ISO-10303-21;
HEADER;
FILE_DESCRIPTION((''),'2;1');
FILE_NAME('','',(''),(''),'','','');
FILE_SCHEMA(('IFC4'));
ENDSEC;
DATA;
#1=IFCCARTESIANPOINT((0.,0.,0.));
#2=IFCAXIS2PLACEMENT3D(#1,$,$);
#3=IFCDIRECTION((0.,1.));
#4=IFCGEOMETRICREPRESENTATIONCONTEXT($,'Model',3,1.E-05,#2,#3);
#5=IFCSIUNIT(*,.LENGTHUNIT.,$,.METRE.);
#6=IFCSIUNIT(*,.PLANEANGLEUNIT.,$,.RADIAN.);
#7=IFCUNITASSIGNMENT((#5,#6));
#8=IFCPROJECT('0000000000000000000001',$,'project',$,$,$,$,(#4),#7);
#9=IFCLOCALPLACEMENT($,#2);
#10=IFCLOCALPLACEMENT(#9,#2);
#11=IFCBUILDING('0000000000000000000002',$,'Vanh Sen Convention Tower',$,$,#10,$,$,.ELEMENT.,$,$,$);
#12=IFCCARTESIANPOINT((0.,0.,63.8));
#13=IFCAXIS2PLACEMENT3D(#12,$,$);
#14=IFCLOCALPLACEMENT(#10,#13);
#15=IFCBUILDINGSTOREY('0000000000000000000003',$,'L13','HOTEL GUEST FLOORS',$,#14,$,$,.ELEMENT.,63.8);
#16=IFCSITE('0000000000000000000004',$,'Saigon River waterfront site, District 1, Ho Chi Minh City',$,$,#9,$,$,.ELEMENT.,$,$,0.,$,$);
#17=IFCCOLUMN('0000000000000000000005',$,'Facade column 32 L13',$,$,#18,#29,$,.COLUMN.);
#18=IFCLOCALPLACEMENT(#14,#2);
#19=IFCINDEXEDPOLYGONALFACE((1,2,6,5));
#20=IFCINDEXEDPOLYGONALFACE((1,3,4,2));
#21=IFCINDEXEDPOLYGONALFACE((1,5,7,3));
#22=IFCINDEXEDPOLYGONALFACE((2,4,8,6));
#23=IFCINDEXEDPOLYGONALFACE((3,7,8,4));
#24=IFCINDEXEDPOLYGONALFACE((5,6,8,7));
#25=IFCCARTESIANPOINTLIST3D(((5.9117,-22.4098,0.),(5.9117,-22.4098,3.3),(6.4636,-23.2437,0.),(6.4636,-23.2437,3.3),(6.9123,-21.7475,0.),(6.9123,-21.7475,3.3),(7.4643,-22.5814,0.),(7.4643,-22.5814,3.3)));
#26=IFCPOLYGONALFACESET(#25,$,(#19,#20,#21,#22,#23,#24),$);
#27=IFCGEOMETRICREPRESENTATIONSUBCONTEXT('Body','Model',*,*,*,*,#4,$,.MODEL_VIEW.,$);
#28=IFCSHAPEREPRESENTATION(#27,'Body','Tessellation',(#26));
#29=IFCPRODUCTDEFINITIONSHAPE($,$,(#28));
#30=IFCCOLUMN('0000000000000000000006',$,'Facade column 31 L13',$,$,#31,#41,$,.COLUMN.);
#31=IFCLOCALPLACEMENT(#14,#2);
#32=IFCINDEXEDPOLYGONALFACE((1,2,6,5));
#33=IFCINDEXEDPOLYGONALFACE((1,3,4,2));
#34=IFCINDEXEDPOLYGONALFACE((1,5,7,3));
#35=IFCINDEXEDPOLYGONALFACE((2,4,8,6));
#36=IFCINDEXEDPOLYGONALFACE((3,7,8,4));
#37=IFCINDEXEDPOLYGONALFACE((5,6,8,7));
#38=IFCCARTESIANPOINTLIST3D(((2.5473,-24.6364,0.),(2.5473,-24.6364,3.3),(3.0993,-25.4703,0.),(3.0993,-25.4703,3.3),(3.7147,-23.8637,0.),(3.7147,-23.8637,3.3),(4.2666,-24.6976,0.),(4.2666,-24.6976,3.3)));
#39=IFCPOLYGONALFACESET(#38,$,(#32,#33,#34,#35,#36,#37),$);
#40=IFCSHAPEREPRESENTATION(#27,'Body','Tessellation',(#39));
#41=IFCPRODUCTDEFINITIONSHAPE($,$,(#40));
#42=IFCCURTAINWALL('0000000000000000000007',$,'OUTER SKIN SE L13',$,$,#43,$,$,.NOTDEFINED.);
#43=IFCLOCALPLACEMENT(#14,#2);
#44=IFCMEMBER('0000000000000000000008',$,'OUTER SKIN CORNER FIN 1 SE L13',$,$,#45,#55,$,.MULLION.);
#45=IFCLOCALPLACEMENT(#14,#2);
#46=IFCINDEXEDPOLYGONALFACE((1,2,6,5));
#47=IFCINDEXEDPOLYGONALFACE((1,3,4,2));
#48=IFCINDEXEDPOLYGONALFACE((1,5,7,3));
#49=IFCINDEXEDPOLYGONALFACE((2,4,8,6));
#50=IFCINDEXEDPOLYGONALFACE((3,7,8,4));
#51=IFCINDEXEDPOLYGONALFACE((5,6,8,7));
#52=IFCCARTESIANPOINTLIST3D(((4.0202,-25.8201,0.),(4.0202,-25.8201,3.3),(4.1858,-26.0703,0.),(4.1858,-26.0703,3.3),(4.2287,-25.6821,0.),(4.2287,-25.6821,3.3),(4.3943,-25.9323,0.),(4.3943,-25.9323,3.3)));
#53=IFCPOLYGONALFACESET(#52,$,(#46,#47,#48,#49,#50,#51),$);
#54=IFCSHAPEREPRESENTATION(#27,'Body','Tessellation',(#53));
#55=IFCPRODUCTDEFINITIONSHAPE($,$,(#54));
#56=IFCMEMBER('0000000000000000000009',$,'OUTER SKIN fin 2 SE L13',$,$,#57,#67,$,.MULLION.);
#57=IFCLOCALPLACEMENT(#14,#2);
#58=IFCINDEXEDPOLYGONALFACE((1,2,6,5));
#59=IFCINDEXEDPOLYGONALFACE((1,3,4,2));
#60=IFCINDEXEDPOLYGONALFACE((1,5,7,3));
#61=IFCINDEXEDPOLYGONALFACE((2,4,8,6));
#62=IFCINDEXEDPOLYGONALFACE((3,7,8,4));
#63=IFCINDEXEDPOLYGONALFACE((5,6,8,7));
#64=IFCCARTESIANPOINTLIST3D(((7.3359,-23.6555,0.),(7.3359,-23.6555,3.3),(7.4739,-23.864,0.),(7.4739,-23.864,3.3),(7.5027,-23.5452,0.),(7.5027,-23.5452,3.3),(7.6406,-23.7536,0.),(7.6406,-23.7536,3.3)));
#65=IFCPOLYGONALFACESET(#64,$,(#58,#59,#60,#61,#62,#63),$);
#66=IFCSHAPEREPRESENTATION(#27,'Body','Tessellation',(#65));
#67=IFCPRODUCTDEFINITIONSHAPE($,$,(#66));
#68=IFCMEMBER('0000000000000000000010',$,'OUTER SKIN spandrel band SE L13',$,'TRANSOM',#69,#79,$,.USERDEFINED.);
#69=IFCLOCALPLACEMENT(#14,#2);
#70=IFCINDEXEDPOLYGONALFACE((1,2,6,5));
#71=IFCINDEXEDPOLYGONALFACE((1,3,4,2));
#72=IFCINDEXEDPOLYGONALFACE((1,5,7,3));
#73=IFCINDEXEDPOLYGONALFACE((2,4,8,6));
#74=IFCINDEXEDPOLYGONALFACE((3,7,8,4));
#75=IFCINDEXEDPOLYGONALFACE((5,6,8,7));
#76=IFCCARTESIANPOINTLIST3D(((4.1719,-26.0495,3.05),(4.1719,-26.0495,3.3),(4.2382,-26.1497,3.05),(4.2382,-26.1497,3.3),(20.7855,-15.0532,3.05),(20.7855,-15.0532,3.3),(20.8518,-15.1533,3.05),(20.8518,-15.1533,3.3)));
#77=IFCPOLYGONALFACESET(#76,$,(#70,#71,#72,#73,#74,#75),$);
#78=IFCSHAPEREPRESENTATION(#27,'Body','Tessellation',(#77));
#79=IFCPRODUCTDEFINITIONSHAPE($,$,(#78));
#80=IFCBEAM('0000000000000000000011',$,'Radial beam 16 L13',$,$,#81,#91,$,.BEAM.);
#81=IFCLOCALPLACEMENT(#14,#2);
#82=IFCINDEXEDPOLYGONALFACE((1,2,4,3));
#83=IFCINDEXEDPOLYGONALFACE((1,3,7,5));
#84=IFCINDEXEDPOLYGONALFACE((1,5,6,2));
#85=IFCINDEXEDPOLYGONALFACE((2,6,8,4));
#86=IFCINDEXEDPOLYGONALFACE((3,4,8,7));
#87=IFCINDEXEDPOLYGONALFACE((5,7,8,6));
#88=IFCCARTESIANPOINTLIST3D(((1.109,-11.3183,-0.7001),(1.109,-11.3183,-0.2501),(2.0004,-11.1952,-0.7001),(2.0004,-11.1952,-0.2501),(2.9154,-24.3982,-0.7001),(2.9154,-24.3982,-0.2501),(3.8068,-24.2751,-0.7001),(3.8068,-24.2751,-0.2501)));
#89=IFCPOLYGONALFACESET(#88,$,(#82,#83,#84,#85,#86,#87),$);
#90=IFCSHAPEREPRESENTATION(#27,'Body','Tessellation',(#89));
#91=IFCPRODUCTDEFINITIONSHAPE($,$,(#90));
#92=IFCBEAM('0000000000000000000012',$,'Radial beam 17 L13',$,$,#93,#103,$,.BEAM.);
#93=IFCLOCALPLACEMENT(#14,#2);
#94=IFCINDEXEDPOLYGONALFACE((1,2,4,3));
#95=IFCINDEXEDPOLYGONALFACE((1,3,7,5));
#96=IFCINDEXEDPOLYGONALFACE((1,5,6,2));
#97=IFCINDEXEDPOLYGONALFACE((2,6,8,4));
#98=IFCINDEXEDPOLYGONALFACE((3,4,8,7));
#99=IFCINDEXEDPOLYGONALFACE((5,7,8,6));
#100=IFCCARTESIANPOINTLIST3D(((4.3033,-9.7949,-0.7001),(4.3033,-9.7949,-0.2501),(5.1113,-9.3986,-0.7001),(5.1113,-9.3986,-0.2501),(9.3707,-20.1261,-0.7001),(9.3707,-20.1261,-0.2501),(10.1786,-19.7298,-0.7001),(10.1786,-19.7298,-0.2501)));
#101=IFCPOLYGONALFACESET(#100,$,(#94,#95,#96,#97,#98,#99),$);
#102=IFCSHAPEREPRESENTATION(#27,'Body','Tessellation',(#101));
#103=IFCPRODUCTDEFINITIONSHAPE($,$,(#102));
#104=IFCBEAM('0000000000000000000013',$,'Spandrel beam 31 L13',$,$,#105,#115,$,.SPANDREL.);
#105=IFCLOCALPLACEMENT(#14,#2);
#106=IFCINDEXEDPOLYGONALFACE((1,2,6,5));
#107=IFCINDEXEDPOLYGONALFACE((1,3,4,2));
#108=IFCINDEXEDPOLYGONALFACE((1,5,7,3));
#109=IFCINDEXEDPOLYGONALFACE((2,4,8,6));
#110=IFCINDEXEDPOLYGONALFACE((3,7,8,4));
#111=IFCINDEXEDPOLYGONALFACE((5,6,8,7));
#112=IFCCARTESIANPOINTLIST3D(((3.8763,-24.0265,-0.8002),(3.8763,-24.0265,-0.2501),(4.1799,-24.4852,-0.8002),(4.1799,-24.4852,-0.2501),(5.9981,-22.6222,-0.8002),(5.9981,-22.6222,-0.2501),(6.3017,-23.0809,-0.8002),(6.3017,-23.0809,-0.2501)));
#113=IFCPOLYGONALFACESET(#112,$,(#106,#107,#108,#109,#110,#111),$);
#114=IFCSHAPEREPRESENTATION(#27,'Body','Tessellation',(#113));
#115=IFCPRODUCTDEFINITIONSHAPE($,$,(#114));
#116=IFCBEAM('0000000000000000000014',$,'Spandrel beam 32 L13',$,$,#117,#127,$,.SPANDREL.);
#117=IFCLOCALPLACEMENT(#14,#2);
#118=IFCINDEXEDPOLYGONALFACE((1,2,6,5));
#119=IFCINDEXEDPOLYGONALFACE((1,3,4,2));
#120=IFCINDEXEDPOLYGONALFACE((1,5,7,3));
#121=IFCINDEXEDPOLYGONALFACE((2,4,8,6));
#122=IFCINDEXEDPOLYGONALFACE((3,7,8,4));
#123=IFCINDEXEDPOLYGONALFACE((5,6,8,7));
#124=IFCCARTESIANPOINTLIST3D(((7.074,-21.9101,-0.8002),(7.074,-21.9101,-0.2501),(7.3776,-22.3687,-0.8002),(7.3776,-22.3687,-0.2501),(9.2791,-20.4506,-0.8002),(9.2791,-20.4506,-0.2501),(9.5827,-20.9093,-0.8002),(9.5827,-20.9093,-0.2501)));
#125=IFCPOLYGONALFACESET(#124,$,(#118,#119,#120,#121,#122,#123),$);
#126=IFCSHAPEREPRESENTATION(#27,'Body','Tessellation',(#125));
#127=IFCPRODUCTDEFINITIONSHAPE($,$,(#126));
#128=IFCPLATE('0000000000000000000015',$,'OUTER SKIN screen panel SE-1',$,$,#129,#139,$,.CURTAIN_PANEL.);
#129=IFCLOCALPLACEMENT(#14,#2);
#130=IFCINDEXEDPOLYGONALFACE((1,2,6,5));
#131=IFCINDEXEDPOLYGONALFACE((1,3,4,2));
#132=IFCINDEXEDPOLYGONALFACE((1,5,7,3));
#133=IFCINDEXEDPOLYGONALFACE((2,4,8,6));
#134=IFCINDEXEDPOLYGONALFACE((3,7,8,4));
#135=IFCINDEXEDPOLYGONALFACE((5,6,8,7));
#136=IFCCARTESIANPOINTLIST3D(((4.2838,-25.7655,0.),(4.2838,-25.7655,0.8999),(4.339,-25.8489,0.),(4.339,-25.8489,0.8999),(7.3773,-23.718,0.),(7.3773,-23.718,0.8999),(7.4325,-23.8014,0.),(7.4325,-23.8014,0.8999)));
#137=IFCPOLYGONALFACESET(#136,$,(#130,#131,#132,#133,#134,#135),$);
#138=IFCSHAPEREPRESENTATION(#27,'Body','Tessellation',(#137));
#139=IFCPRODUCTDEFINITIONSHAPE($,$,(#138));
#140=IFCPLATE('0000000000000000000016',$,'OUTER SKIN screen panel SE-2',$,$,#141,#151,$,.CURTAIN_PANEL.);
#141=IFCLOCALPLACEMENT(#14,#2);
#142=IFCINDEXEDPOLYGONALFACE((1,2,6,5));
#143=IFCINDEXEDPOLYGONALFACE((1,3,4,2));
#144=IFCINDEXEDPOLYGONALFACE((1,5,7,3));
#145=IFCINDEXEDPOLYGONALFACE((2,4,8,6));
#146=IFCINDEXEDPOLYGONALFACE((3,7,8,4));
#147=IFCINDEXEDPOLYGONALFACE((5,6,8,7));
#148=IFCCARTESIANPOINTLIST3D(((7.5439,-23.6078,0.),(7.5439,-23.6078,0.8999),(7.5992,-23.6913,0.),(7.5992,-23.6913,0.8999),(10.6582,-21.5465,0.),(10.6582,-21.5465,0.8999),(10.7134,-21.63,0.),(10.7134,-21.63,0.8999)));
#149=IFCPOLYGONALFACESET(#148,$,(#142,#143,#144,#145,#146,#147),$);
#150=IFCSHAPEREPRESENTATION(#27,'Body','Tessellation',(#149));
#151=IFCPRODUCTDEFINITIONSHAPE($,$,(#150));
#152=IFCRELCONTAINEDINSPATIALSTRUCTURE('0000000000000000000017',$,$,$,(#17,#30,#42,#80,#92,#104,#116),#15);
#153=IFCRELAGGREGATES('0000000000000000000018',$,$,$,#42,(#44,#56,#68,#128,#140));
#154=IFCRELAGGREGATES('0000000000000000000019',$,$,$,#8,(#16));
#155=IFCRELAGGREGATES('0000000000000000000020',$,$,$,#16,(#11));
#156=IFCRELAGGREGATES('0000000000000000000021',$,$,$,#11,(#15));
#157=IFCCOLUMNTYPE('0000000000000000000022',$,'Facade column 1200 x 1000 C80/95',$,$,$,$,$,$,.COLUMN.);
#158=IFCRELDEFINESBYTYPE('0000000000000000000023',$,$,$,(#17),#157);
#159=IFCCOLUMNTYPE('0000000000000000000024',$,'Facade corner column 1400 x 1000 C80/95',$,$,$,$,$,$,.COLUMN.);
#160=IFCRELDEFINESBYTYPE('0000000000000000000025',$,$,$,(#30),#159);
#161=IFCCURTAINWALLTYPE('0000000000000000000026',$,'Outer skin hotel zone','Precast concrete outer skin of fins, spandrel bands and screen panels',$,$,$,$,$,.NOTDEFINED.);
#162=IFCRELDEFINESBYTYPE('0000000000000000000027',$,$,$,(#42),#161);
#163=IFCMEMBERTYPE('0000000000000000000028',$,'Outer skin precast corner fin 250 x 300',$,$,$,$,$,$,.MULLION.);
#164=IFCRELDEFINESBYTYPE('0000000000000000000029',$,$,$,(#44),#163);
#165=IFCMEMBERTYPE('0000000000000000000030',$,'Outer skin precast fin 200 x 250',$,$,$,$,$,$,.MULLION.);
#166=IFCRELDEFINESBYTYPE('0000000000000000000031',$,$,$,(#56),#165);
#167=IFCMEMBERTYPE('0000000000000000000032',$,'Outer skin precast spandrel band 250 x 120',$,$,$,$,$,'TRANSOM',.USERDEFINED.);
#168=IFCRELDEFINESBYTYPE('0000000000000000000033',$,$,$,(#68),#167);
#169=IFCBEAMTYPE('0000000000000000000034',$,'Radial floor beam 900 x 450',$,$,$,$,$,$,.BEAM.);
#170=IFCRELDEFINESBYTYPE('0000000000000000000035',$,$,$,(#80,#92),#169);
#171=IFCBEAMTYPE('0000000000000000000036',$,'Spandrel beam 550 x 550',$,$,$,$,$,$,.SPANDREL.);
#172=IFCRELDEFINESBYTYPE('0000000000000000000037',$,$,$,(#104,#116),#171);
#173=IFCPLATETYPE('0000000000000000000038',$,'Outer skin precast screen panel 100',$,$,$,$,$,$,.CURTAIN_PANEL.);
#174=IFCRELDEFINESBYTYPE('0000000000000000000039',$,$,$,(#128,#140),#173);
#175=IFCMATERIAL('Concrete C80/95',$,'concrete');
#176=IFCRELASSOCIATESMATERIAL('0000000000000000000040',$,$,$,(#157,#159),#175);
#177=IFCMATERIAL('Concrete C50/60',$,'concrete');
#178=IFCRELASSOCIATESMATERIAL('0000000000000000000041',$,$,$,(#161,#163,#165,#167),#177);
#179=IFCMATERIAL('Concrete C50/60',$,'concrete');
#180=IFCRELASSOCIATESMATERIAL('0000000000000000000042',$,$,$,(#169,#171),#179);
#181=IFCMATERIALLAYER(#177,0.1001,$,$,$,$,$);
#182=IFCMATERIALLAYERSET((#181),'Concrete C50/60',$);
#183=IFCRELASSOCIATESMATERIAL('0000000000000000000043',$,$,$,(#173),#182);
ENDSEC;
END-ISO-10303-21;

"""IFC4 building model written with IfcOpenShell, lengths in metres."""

from ifc_helpers import new_model, si_unit, direction, frame, origin, origin_2d, place, context, subcontext, project, spatial, rectangle, extrude, material, layer, layer_set, material_profile, profile_set, type_object, element, aggregate, save


model = new_model("IFC4")

# Units and contexts
model_context = context("Model", 3, precision=1e-05, world=origin(), true_north=direction((0.0, 1.0)))
body_context = subcontext(model_context, "Body", "Model", "MODEL_VIEW")
ifc_project = project(units=[si_unit("LENGTHUNIT", "METRE"), si_unit("PLANEANGLEUNIT", "RADIAN")], contexts=[model_context])

# Site, building, storey
site_placement = place(None, origin())
site = spatial("IfcSite", under=ifc_project, at=site_placement, Name="Saigon River waterfront site, District 1, Ho Chi Minh City", CompositionType="ELEMENT", RefElevation=0.0)
building_placement = place(site_placement, origin())
building = spatial("IfcBuilding", under=site, at=building_placement, Name="Vanh Sen Convention Tower", CompositionType="ELEMENT")
storey_placement = place(building_placement, frame((0.0, 0.0, 63.8)))
storey = spatial("IfcBuildingStorey", under=building, at=storey_placement, Name="L13", Description="HOTEL GUEST FLOORS", CompositionType="ELEMENT", Elevation=63.8)

# Columns
ifc_material_1 = material(Name="Concrete C80/95", Category="concrete")
ifc_material_profile_1 = material_profile(ifc_material_1, rectangle(XDim=1.2, YDim=1.0, at=origin_2d()), Name="RC 1200X1000")
ifc_profile_set_1 = profile_set([ifc_material_profile_1], Name="Concrete C80/95")
column_type_1 = type_object("IfcColumnType", Name="Facade column 1200 x 1000 C80/95", PredefinedType="COLUMN", material=ifc_profile_set_1)
column_1_placement = place(storey_placement, frame((6.688, -22.4956, 0.0), z_axis=(0.0, 0.0, 1.0), x_axis=(0.833886, 0.551937, 0.0)))
element("IfcColumn", 1, at=column_1_placement, inside=storey, type_object=column_type_1, Name="Facade column 32 L13", PredefinedType="COLUMN", context=body_context, shape_type="SweptSolid", body=[
    extrude(rectangle(XDim=1.2, YDim=1.0, at=origin_2d()), origin(), (0.0, 0.0, 1.0), 3.3),
])
ifc_material_profile_2 = material_profile(ifc_material_1, rectangle(XDim=1.3999, YDim=1.0, at=origin_2d()), Name="RC 1400X1000")
ifc_profile_set_2 = profile_set([ifc_material_profile_2], Name="Concrete C80/95")
column_type_2 = type_object("IfcColumnType", Name="Facade corner column 1400 x 1000 C80/95", PredefinedType="COLUMN", material=ifc_profile_set_2)
column_2_placement = place(storey_placement, frame((3.407, -24.667, 0.0), z_axis=(0.0, 0.0, 1.0), x_axis=(0.833886, 0.551937, 0.0)))
element("IfcColumn", 2, at=column_2_placement, inside=storey, type_object=column_type_2, Name="Facade column 31 L13", PredefinedType="COLUMN", context=body_context, shape_type="SweptSolid", body=[
    extrude(rectangle(XDim=1.3999, YDim=1.0, at=origin_2d()), origin(), (0.0, 0.0, 1.0), 3.3),
])

# Curtain wall, members
ifc_material_2 = material(Name="Concrete C50/60", Category="concrete")
curtain_wall_type = type_object("IfcCurtainWallType", Name="Outer skin hotel zone", Description="Precast concrete outer skin of fins, spandrel bands and screen panels", PredefinedType="NOTDEFINED", material=ifc_material_2)
curtain_wall_placement = place(storey_placement, origin())
curtain_wall = element("IfcCurtainWall", 3, at=curtain_wall_placement, inside=storey, type_object=curtain_wall_type, Name="OUTER SKIN SE L13", PredefinedType="NOTDEFINED")
ifc_material_profile_3 = material_profile(ifc_material_2, rectangle(XDim=0.25, YDim=0.3, at=origin_2d()), Name="Outer skin precast corner fin 250 x 300")
ifc_profile_set_3 = profile_set([ifc_material_profile_3], Name="Concrete C50/60")
member_type_1 = type_object("IfcMemberType", Name="Outer skin precast corner fin 250 x 300", PredefinedType="MULLION", material=ifc_profile_set_3)
member_1_placement = place(storey_placement, frame((4.2073, -25.8762, 0.0), z_axis=(0.0, 0.0, 1.0), x_axis=(0.833886, 0.551937, 0.0)))
member_1 = element("IfcMember", 4, at=member_1_placement, type_object=member_type_1, Name="OUTER SKIN CORNER FIN 1 SE L13", PredefinedType="MULLION", context=body_context, shape_type="SweptSolid", body=[
    extrude(rectangle(XDim=0.25, YDim=0.3, at=origin_2d()), origin(), (0.0, 0.0, 1.0), 3.3),
])
ifc_material_profile_4 = material_profile(ifc_material_2, rectangle(XDim=0.2, YDim=0.25, at=origin_2d()), Name="Outer skin precast fin 200 x 250")
ifc_profile_set_4 = profile_set([ifc_material_profile_4], Name="Concrete C50/60")
member_type_2 = type_object("IfcMemberType", Name="Outer skin precast fin 200 x 250", PredefinedType="MULLION", material=ifc_profile_set_4)
member_2_placement = place(storey_placement, frame((7.4883, -23.7046, 0.0), z_axis=(0.0, 0.0, 1.0), x_axis=(0.833886, 0.551937, 0.0)))
member_2 = element("IfcMember", 5, at=member_2_placement, type_object=member_type_2, Name="OUTER SKIN fin 2 SE L13", PredefinedType="MULLION", context=body_context, shape_type="SweptSolid", body=[
    extrude(rectangle(XDim=0.2, YDim=0.25, at=origin_2d()), origin(), (0.0, 0.0, 1.0), 3.3),
])
ifc_material_profile_5 = material_profile(ifc_material_2, rectangle(XDim=0.1201, YDim=0.25, at=origin_2d()), Name="Outer skin precast spandrel band 250 x 120")
ifc_profile_set_5 = profile_set([ifc_material_profile_5], Name="Concrete C50/60")
member_type_3 = type_object("IfcMemberType", Name="Outer skin precast spandrel band 250 x 120", ElementType="TRANSOM", PredefinedType="USERDEFINED", material=ifc_profile_set_5)
member_3_placement = place(storey_placement, frame((4.2051, -26.0996, 3.175), z_axis=(0.833884, 0.55194, 0.0), x_axis=(-0.55194, 0.833884, 0.0)))
member_3 = element("IfcMember", 6, at=member_3_placement, type_object=member_type_3, Name="OUTER SKIN spandrel band SE L13", ObjectType="TRANSOM", PredefinedType="USERDEFINED", context=body_context, shape_type="SweptSolid", body=[
    extrude(rectangle(XDim=0.1201, YDim=0.25, at=origin_2d()), origin(), (0.0, 0.0, 1.0), 19.9231),
])

# Beams
ifc_material_3 = material(Name="Concrete C50/60", Category="concrete")
ifc_material_profile_6 = material_profile(ifc_material_3, rectangle(XDim=0.8999, YDim=0.45, at=origin_2d()), Name="RC 900X450")
ifc_profile_set_6 = profile_set([ifc_material_profile_6], Name="Concrete C50/60")
beam_type_1 = type_object("IfcBeamType", Name="Radial floor beam 900 x 450", PredefinedType="BEAM", material=ifc_profile_set_6)
beam_1_placement = place(storey_placement, frame((3.3611, -24.3367, -0.4751), z_axis=(-0.136804, 0.990598, 0.0), x_axis=(-0.990598, -0.136804, 0.0)))
element("IfcBeam", 7, at=beam_1_placement, inside=storey, type_object=beam_type_1, Name="Radial beam 16 L13", PredefinedType="BEAM", context=body_context, shape_type="SweptSolid", body=[
    extrude(rectangle(XDim=0.8999, YDim=0.45, at=origin_2d()), origin(), (0.0, 0.0, 1.0), 13.2041),
])
beam_2_placement = place(storey_placement, frame((9.7747, -19.928, -0.4751), z_axis=(-0.440369, 0.897817, 0.0), x_axis=(-0.897817, -0.440369, 0.0)))
element("IfcBeam", 8, at=beam_2_placement, inside=storey, type_object=beam_type_1, Name="Radial beam 17 L13", PredefinedType="BEAM", context=body_context, shape_type="SweptSolid", body=[
    extrude(rectangle(XDim=0.8999, YDim=0.45, at=origin_2d()), origin(), (0.0, 0.0, 1.0), 11.5071),
])
ifc_material_profile_7 = material_profile(ifc_material_3, rectangle(XDim=0.55, YDim=0.55, at=origin_2d()), Name="RC 550X550")
ifc_profile_set_7 = profile_set([ifc_material_profile_7], Name="Concrete C50/60")
beam_type_2 = type_object("IfcBeamType", Name="Spandrel beam 550 x 550", PredefinedType="SPANDREL", material=ifc_profile_set_7)
beam_3_placement = place(storey_placement, frame((4.0281, -24.2559, -0.5251), z_axis=(0.833906, 0.551907, 0.0), x_axis=(-0.551907, 0.833906, 0.0)))
element("IfcBeam", 9, at=beam_3_placement, inside=storey, type_object=beam_type_2, Name="Spandrel beam 31 L13", PredefinedType="SPANDREL", context=body_context, shape_type="SweptSolid", body=[
    extrude(rectangle(XDim=0.55, YDim=0.55, at=origin_2d()), origin(), (0.0, 0.0, 1.0), 2.5444),
])
beam_4_placement = place(storey_placement, frame((7.2258, -22.1394, -0.5251), z_axis=(0.833892, 0.551927, 0.0), x_axis=(-0.551927, 0.833892, 0.0)))
element("IfcBeam", 10, at=beam_4_placement, inside=storey, type_object=beam_type_2, Name="Spandrel beam 32 L13", PredefinedType="SPANDREL", context=body_context, shape_type="SweptSolid", body=[
    extrude(rectangle(XDim=0.55, YDim=0.55, at=origin_2d()), origin(), (0.0, 0.0, 1.0), 2.6443),
])

# Plates
ifc_layer_1 = layer(ifc_material_2, 0.1001)
ifc_layer_set_1 = layer_set([ifc_layer_1], Name="Concrete C50/60")
plate_type = type_object("IfcPlateType", Name="Outer skin precast screen panel 100", PredefinedType="CURTAIN_PANEL", material=ifc_layer_set_1)
plate_1_placement = place(storey_placement, frame((5.8582, -24.7834, 0.0), z_axis=(0.0, 0.0, 1.0), x_axis=(0.833892, 0.551928, 0.0)))
plate_1 = element("IfcPlate", 11, at=plate_1_placement, type_object=plate_type, Name="OUTER SKIN screen panel SE-1", PredefinedType="CURTAIN_PANEL", context=body_context, shape_type="SweptSolid", body=[
    extrude(rectangle(XDim=3.7097, YDim=0.1001, at=origin_2d()), origin(), (0.0, 0.0, 1.0), 0.8999),
])
plate_2_placement = place(storey_placement, frame((9.1287, -22.6189, 0.0), z_axis=(0.0, 0.0, 1.0), x_axis=(0.833892, 0.551928, 0.0)))
plate_2 = element("IfcPlate", 12, at=plate_2_placement, type_object=plate_type, Name="OUTER SKIN screen panel SE-2", PredefinedType="CURTAIN_PANEL", context=body_context, shape_type="SweptSolid", body=[
    extrude(rectangle(XDim=3.7346, YDim=0.1001, at=origin_2d()), origin(), (0.0, 0.0, 1.0), 0.8999),
])
aggregate(curtain_wall, [member_1, member_2, member_3, plate_1, plate_2])

save(model, "model.ifc")
